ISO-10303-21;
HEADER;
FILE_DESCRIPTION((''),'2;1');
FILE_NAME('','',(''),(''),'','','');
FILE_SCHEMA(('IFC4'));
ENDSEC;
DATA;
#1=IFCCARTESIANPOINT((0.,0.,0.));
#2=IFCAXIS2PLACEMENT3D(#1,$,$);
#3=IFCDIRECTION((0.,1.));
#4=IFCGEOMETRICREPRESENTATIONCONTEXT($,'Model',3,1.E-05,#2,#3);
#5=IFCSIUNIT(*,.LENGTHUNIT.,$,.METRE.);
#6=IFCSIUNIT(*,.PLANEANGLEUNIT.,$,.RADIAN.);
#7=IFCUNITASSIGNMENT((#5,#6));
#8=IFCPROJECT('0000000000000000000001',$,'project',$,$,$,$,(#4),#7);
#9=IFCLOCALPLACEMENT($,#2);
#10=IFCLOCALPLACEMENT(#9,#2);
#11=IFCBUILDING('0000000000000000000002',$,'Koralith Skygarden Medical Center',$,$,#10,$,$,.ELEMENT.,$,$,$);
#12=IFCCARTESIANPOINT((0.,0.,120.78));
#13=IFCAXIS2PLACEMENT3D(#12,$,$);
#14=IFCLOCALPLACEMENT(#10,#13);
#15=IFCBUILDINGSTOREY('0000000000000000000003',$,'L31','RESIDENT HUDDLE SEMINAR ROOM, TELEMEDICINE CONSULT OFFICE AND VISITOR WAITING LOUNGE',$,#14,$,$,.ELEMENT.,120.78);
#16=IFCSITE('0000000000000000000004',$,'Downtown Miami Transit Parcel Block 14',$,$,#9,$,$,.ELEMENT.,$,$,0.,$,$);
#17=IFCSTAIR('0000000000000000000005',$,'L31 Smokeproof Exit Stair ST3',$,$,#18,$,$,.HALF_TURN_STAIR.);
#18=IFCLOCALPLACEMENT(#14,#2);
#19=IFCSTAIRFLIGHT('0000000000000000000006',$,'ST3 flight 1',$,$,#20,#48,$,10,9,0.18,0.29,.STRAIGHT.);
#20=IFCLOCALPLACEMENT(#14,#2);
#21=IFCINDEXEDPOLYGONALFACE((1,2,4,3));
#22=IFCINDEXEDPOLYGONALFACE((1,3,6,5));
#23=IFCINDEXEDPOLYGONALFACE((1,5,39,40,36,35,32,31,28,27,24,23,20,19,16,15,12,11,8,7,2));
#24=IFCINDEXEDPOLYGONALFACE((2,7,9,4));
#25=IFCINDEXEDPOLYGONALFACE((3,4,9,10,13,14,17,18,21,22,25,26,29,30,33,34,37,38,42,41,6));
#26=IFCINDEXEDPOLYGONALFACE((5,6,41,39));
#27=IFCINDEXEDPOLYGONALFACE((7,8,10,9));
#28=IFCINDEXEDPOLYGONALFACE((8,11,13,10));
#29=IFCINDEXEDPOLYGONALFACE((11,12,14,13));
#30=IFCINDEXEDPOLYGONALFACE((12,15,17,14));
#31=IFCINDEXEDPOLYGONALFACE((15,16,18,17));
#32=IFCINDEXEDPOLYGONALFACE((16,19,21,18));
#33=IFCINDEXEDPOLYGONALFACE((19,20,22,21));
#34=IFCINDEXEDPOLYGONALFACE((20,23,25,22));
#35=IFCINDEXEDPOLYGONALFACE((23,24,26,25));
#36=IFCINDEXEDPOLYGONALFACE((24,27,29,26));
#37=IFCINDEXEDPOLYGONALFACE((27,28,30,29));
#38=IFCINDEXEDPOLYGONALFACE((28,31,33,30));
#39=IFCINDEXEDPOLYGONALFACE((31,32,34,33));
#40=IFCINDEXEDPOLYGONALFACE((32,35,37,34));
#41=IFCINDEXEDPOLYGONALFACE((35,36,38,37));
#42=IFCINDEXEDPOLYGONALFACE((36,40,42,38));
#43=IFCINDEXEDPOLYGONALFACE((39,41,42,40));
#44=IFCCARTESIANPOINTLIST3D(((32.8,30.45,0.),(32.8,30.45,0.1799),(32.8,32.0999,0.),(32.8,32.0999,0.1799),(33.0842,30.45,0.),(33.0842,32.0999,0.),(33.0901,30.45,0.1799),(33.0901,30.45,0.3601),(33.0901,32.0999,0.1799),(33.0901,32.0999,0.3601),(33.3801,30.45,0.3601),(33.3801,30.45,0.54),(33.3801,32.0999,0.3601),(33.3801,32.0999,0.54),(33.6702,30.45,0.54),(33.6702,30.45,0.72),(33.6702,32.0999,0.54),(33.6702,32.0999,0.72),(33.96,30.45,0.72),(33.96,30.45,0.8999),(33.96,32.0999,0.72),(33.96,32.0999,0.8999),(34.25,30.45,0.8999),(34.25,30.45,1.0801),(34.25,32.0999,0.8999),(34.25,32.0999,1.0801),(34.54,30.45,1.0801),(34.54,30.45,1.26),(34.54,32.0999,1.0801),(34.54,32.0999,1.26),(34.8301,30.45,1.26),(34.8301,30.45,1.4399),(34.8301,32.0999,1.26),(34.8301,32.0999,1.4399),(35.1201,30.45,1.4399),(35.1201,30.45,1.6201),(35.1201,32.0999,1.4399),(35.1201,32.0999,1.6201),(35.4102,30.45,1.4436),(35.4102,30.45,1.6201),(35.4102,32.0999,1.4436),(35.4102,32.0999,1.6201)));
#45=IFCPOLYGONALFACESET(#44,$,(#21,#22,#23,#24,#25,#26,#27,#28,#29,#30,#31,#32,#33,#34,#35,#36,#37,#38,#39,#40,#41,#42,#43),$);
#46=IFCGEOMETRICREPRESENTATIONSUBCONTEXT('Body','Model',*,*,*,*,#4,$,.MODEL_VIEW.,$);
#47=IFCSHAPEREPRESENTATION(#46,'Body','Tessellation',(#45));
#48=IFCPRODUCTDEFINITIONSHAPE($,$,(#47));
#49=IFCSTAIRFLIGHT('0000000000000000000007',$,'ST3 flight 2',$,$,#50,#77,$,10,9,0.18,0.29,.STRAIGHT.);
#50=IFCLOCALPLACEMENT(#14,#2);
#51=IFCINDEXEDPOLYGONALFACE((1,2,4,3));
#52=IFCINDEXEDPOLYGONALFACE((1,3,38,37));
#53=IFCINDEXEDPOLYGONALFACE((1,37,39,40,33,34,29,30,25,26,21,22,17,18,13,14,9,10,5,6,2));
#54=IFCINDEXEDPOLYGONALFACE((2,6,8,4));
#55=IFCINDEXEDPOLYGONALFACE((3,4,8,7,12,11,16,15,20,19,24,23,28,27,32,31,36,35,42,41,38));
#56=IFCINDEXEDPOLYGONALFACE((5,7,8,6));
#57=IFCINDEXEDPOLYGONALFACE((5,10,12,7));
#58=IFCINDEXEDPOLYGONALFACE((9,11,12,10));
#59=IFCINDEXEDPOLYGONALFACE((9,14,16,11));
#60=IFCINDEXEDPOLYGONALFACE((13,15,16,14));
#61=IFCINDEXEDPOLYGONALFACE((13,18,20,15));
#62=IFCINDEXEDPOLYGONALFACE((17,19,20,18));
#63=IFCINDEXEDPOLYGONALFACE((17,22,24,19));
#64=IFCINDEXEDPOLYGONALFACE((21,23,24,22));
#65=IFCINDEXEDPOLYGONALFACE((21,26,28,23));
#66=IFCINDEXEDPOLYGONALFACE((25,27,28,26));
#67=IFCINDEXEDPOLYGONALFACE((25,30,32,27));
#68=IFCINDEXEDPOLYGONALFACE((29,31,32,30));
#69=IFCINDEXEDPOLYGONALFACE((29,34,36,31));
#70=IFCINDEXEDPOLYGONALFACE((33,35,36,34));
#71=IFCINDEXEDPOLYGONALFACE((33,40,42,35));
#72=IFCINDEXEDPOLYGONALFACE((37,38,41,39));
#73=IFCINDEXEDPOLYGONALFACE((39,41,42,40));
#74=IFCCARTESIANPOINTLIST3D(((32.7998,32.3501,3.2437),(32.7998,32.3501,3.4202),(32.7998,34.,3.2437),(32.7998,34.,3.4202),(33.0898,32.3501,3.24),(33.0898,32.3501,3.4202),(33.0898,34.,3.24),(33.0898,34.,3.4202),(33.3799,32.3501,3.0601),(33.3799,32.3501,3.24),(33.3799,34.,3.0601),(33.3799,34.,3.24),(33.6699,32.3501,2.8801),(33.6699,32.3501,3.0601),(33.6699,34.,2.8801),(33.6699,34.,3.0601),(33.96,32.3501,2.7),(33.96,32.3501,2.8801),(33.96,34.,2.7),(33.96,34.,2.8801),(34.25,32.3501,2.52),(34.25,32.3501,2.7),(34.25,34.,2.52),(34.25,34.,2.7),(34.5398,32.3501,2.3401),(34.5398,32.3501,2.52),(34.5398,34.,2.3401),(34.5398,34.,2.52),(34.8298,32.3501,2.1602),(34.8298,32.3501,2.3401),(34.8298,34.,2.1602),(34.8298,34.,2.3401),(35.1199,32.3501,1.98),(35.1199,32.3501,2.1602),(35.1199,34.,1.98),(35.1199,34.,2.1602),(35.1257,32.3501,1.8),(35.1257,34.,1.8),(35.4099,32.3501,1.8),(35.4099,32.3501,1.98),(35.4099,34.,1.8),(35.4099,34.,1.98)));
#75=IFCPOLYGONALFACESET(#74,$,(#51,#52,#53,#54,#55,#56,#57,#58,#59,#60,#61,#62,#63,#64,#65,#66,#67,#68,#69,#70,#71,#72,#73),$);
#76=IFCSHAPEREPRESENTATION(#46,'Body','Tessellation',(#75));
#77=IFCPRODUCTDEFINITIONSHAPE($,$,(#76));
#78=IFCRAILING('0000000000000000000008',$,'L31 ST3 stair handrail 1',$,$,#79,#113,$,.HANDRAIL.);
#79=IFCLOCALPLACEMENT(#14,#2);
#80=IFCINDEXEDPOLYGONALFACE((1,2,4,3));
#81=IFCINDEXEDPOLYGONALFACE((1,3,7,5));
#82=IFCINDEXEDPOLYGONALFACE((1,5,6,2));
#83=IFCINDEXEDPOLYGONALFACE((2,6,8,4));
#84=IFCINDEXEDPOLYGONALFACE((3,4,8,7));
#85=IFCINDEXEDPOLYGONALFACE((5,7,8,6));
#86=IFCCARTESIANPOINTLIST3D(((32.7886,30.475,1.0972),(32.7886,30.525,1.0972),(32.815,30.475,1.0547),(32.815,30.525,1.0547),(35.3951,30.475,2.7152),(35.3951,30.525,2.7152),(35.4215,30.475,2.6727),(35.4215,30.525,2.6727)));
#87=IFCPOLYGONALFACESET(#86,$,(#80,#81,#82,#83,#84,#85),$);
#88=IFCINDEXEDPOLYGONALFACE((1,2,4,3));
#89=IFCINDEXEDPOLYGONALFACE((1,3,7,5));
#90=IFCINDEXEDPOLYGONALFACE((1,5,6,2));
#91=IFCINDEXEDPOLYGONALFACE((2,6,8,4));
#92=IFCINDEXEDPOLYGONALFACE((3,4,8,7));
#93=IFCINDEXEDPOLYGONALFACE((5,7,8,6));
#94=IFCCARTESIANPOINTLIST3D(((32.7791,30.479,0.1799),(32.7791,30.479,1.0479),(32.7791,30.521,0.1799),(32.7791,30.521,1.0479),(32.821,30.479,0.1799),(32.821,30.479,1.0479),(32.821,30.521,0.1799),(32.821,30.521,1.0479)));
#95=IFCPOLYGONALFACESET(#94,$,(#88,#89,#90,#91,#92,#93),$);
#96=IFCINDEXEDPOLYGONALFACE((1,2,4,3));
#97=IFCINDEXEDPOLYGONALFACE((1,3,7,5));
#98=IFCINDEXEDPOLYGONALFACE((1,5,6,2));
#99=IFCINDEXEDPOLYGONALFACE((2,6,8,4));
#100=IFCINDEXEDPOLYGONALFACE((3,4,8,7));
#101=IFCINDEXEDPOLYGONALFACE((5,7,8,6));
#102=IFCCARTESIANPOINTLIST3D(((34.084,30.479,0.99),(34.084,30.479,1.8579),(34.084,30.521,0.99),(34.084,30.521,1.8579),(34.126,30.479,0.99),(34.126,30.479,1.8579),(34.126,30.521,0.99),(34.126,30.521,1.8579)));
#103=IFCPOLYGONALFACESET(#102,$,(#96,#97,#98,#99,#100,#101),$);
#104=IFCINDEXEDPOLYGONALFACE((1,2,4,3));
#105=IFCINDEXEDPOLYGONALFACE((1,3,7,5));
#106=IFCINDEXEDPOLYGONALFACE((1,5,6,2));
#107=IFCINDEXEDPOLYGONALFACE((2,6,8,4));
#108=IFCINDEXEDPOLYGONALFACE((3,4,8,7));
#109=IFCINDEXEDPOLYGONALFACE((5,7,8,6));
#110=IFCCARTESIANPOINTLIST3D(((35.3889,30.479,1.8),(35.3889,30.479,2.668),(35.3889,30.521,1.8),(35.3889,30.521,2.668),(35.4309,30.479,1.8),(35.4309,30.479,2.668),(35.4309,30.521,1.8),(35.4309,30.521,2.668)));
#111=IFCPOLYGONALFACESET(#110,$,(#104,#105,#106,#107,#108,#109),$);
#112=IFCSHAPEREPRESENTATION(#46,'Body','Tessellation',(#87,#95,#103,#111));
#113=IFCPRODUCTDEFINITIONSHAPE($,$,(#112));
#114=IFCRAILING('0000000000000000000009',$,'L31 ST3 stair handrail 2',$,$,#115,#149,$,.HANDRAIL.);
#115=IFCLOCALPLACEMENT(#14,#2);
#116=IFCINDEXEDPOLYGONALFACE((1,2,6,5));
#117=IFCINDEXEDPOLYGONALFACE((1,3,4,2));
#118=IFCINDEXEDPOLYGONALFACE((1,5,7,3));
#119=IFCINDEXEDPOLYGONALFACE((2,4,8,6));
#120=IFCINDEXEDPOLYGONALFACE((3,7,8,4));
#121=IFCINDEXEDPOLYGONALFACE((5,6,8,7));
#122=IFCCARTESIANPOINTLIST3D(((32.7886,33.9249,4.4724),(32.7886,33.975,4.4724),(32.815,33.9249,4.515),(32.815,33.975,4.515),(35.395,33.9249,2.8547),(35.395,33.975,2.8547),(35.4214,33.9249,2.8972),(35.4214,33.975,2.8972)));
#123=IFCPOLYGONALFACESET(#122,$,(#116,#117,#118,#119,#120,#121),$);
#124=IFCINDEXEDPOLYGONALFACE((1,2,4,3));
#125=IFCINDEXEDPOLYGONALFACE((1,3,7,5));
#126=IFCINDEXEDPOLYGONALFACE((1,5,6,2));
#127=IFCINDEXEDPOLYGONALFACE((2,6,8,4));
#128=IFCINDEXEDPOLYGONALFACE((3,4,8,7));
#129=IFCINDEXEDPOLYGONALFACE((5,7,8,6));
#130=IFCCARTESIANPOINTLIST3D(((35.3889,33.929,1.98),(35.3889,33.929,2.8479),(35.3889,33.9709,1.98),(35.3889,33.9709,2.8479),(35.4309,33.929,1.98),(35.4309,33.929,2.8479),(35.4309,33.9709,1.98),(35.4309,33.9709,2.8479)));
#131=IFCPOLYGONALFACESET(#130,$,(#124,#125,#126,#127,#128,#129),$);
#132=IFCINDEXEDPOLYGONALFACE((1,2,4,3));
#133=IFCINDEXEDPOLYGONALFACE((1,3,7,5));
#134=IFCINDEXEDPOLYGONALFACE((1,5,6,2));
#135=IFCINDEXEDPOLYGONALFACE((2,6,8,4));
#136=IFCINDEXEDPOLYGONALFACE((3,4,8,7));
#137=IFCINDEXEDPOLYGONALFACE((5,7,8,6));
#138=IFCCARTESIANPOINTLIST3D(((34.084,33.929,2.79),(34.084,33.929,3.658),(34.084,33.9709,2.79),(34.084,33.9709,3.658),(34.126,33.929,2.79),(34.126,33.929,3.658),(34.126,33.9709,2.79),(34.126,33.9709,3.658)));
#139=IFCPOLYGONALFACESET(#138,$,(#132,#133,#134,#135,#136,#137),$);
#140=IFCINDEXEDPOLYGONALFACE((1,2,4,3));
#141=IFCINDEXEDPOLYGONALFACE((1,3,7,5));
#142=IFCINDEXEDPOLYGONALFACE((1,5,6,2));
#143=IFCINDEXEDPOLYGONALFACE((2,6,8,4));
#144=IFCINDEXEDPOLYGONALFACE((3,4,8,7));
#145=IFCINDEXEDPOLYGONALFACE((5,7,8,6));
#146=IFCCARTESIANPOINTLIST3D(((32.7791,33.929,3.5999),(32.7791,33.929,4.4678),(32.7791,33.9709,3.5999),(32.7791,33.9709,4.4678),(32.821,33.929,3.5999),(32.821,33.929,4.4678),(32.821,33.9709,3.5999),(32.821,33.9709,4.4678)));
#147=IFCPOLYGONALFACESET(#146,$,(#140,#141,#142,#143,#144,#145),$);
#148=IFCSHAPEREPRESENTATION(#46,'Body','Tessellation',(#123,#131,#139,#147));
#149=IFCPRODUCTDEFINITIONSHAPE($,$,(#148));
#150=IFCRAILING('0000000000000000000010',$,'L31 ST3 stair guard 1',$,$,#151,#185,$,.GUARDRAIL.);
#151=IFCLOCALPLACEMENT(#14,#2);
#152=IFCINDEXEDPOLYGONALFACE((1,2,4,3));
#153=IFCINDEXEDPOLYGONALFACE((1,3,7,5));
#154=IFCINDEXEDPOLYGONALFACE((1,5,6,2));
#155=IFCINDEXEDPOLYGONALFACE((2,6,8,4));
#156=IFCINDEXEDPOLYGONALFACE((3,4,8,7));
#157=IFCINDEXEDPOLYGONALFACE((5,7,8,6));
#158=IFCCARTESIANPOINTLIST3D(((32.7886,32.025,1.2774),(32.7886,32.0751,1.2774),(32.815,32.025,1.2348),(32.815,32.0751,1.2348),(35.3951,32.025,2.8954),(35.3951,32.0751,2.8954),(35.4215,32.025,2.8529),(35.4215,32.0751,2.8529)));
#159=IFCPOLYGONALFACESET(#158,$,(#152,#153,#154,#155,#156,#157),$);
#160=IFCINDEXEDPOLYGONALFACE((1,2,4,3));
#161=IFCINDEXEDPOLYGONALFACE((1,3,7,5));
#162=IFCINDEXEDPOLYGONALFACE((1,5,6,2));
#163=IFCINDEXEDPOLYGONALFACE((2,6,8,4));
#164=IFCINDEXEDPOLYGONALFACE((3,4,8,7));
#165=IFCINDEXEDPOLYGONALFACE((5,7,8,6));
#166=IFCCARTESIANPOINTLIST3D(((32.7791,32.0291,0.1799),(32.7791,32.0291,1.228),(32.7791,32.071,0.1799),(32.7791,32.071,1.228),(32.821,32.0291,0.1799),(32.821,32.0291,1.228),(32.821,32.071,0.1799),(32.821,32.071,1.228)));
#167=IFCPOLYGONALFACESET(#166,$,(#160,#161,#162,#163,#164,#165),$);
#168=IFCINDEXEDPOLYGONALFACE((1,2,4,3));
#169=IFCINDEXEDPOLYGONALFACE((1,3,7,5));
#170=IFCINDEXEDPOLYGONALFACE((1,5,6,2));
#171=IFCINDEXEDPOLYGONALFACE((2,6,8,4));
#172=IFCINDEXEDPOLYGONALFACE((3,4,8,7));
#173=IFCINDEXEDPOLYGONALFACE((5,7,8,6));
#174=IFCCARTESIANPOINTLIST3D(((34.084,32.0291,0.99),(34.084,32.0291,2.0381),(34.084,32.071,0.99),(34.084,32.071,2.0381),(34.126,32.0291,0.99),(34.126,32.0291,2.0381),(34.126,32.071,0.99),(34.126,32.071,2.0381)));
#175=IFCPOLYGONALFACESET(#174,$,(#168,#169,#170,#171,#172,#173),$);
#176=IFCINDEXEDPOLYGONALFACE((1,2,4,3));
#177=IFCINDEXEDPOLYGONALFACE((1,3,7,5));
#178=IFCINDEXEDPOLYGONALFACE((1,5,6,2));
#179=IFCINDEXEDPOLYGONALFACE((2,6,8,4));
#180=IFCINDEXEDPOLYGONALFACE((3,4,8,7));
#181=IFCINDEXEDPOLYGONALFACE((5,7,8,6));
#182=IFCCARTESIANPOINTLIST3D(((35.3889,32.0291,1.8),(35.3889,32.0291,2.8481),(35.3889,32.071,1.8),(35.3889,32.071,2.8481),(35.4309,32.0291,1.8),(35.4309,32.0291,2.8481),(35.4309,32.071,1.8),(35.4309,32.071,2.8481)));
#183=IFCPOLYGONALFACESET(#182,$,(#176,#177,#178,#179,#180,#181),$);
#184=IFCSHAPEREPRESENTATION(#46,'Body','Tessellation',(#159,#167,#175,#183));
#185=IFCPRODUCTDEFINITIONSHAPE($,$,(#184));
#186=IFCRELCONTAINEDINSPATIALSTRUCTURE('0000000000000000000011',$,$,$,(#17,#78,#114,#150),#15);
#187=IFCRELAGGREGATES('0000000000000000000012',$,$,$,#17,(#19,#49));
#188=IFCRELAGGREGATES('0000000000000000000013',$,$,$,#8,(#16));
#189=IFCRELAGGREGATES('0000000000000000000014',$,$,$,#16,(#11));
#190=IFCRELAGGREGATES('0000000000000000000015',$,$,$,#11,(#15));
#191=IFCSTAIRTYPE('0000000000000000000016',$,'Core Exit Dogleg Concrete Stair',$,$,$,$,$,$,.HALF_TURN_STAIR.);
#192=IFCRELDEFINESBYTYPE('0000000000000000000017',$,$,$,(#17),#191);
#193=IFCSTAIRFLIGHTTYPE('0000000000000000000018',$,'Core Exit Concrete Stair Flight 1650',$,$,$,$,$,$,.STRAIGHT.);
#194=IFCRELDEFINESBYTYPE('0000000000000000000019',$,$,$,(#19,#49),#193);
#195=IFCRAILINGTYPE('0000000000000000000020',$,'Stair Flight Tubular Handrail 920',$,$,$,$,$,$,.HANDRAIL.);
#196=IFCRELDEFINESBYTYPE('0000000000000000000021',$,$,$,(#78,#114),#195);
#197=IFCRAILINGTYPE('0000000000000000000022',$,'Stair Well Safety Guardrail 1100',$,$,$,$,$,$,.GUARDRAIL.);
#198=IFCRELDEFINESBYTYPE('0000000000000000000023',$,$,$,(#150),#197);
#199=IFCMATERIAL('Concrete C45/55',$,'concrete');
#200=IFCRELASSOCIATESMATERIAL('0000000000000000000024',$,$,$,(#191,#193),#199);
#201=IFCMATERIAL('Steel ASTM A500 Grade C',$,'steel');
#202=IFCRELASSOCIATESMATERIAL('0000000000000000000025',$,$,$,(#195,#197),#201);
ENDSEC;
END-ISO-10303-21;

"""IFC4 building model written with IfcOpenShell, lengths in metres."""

from ifc_helpers import new_model, si_unit, direction, frame, origin, origin_2d, place, context, subcontext, project, spatial, polyline, rectangle, outline, extrude, material, type_object, element, aggregate, save


model = new_model("IFC4")

# Units and contexts
model_context = context("Model", 3, precision=1e-05, world=origin(), true_north=direction((0.0, 1.0)))
body_context = subcontext(model_context, "Body", "Model", "MODEL_VIEW")
ifc_project = project(units=[si_unit("LENGTHUNIT", "METRE"), si_unit("PLANEANGLEUNIT", "RADIAN")], contexts=[model_context])

# Site, building, storey
site_placement = place(None, origin())
site = spatial("IfcSite", under=ifc_project, at=site_placement, Name="Downtown Miami Transit Parcel Block 14", CompositionType="ELEMENT", RefElevation=0.0)
building_placement = place(site_placement, origin())
building = spatial("IfcBuilding", under=site, at=building_placement, Name="Koralith Skygarden Medical Center", CompositionType="ELEMENT")
storey_placement = place(building_placement, frame((0.0, 0.0, 120.78)))
storey = spatial("IfcBuildingStorey", under=building, at=storey_placement, Name="L31", Description="RESIDENT HUDDLE SEMINAR ROOM, TELEMEDICINE CONSULT OFFICE AND VISITOR WAITING LOUNGE", CompositionType="ELEMENT", Elevation=120.78)

# Shared definitions
ifc_material_1 = material(Name="Concrete C45/55", Category="concrete")

# Stair, stair flights
stair_type = type_object("IfcStairType", Name="Core Exit Dogleg Concrete Stair", PredefinedType="HALF_TURN_STAIR", material=ifc_material_1)
stair_placement = place(storey_placement, origin())
stair = element("IfcStair", 1, at=stair_placement, inside=storey, type_object=stair_type, Name="L31 Smokeproof Exit Stair ST3", PredefinedType="HALF_TURN_STAIR")
stair_flight_type = type_object("IfcStairFlightType", Name="Core Exit Concrete Stair Flight 1650", PredefinedType="STRAIGHT", material=ifc_material_1)
stair_flight_1_placement = place(storey_placement, frame((32.8, 31.2749, 0.0), z_axis=(0.0, 0.0, 1.0), x_axis=(1.0, 0.0, 0.0)))
stair_flight_1 = element("IfcStairFlight", 2, at=stair_flight_1_placement, type_object=stair_flight_type, Name="ST3 flight 1", NumberOfRisers=10, NumberOfTreads=9, PredefinedType="STRAIGHT", RiserHeight=0.18, TreadLength=0.29, context=body_context, shape_type="SweptSolid", body=[
    extrude(outline(polyline([(0.0, 0.0), (0.0, 0.1799), (0.29, 0.1799), (0.29, 0.3601), (0.5801, 0.3601), (0.5801, 0.54), (0.8701, 0.54), (0.8701, 0.72), (1.1599, 0.72), (1.1599, 0.8999), (1.45, 0.8999), (1.45, 1.0801), (1.74, 1.0801), (1.74, 1.26), (2.03, 1.26), (2.03, 1.4399), (2.3201, 1.4399), (2.3201, 1.6201), (2.6101, 1.6201), (2.6101, 1.8), (2.6101, 1.4436), (0.2842, 0.0), (0.0, 0.0)])), frame((0.0, 0.825, 0.0), z_axis=(0.0, -1.0, 0.0), x_axis=(1.0, 0.0, 0.0)), (0.0, 0.0, 1.0), 1.6499),
])
stair_flight_2_placement = place(storey_placement, frame((35.4099, 33.175, 1.8), z_axis=(0.0, 0.0, 1.0), x_axis=(-1.0, 0.0, 0.0)))
stair_flight_2 = element("IfcStairFlight", 3, at=stair_flight_2_placement, type_object=stair_flight_type, Name="ST3 flight 2", NumberOfRisers=10, NumberOfTreads=9, PredefinedType="STRAIGHT", RiserHeight=0.18, TreadLength=0.29, context=body_context, shape_type="SweptSolid", body=[
    extrude(outline(polyline([(0.0, 0.0), (0.0, 0.1799), (0.29, 0.1799), (0.29, 0.3601), (0.5801, 0.3601), (0.5801, 0.54), (0.8701, 0.54), (0.8701, 0.72), (1.1599, 0.72), (1.1599, 0.8999), (1.45, 0.8999), (1.45, 1.0801), (1.74, 1.0801), (1.74, 1.26), (2.03, 1.26), (2.03, 1.4399), (2.3201, 1.4399), (2.3201, 1.6201), (2.6101, 1.6201), (2.6101, 1.8), (2.6101, 1.4436), (0.2842, 0.0), (0.0, 0.0)])), frame((0.0, 0.825, 0.0), z_axis=(0.0, -1.0, 0.0), x_axis=(1.0, 0.0, 0.0)), (0.0, 0.0, 1.0), 1.6499),
])
aggregate(stair, [stair_flight_1, stair_flight_2])

# Railings
ifc_material_2 = material(Name="Steel ASTM A500 Grade C", Category="steel")
railing_type_1 = type_object("IfcRailingType", Name="Stair Flight Tubular Handrail 920", PredefinedType="HANDRAIL", material=ifc_material_2)
railing_1_placement = place(storey_placement, frame((32.8, 30.5, 0.1799)))
element("IfcRailing", 4, at=railing_1_placement, inside=storey, type_object=railing_type_1, Name="L31 ST3 stair handrail 1", PredefinedType="HANDRAIL", context=body_context, shape_type="SweptSolid", body=[
    extrude(rectangle(XDim=0.05, YDim=0.05, at=origin_2d()), frame((0.0017, 0.0, 0.896), z_axis=(0.849611, 0.0, 0.52741), x_axis=(0.0, 1.0, 0.0)), (0.0, 0.0, 1.0), 3.0679),
    extrude(rectangle(XDim=0.042, YDim=0.042, at=origin_2d()), origin(), (0.0, 0.0, 1.0), 0.8679),
    extrude(rectangle(XDim=0.042, YDim=0.042, at=origin_2d()), frame((1.3049, 0.0, 0.8101)), (0.0, 0.0, 1.0), 0.8679),
    extrude(rectangle(XDim=0.042, YDim=0.042, at=origin_2d()), frame((2.6099, 0.0, 1.6201)), (0.0, 0.0, 1.0), 0.8679),
])
railing_2_placement = place(storey_placement, frame((35.4099, 33.95, 1.98)))
element("IfcRailing", 5, at=railing_2_placement, inside=storey, type_object=railing_type_1, Name="L31 ST3 stair handrail 2", PredefinedType="HANDRAIL", context=body_context, shape_type="SweptSolid", body=[
    extrude(rectangle(XDim=0.05, YDim=0.05, at=origin_2d()), frame((-0.0017, 0.0, 0.896), z_axis=(-0.849646, 0.0, 0.527353), x_axis=(0.0, -1.0, 0.0)), (0.0, 0.0, 1.0), 3.0676),
    extrude(rectangle(XDim=0.042, YDim=0.042, at=origin_2d()), origin(), (0.0, 0.0, 1.0), 0.8679),
    extrude(rectangle(XDim=0.042, YDim=0.042, at=origin_2d()), frame((-1.3049, 0.0, 0.8101)), (0.0, 0.0, 1.0), 0.8679),
    extrude(rectangle(XDim=0.042, YDim=0.042, at=origin_2d()), frame((-2.6099, 0.0, 1.6199)), (0.0, 0.0, 1.0), 0.8679),
])
railing_type_2 = type_object("IfcRailingType", Name="Stair Well Safety Guardrail 1100", PredefinedType="GUARDRAIL", material=ifc_material_2)
railing_3_placement = place(storey_placement, frame((32.8, 32.05, 0.1799)))
element("IfcRailing", 6, at=railing_3_placement, inside=storey, type_object=railing_type_2, Name="L31 ST3 stair guard 1", PredefinedType="GUARDRAIL", context=body_context, shape_type="SweptSolid", body=[
    extrude(rectangle(XDim=0.05, YDim=0.05, at=origin_2d()), frame((0.0017, 0.0, 1.0762), z_axis=(0.849611, 0.0, 0.52741), x_axis=(0.0, 1.0, 0.0)), (0.0, 0.0, 1.0), 3.0679),
    extrude(rectangle(XDim=0.042, YDim=0.042, at=origin_2d()), origin(), (0.0, 0.0, 1.0), 1.0481),
    extrude(rectangle(XDim=0.042, YDim=0.042, at=origin_2d()), frame((1.3049, 0.0, 0.8101)), (0.0, 0.0, 1.0), 1.0481),
    extrude(rectangle(XDim=0.042, YDim=0.042, at=origin_2d()), frame((2.6099, 0.0, 1.6201)), (0.0, 0.0, 1.0), 1.0481),
])

save(model, "model.ifc")
